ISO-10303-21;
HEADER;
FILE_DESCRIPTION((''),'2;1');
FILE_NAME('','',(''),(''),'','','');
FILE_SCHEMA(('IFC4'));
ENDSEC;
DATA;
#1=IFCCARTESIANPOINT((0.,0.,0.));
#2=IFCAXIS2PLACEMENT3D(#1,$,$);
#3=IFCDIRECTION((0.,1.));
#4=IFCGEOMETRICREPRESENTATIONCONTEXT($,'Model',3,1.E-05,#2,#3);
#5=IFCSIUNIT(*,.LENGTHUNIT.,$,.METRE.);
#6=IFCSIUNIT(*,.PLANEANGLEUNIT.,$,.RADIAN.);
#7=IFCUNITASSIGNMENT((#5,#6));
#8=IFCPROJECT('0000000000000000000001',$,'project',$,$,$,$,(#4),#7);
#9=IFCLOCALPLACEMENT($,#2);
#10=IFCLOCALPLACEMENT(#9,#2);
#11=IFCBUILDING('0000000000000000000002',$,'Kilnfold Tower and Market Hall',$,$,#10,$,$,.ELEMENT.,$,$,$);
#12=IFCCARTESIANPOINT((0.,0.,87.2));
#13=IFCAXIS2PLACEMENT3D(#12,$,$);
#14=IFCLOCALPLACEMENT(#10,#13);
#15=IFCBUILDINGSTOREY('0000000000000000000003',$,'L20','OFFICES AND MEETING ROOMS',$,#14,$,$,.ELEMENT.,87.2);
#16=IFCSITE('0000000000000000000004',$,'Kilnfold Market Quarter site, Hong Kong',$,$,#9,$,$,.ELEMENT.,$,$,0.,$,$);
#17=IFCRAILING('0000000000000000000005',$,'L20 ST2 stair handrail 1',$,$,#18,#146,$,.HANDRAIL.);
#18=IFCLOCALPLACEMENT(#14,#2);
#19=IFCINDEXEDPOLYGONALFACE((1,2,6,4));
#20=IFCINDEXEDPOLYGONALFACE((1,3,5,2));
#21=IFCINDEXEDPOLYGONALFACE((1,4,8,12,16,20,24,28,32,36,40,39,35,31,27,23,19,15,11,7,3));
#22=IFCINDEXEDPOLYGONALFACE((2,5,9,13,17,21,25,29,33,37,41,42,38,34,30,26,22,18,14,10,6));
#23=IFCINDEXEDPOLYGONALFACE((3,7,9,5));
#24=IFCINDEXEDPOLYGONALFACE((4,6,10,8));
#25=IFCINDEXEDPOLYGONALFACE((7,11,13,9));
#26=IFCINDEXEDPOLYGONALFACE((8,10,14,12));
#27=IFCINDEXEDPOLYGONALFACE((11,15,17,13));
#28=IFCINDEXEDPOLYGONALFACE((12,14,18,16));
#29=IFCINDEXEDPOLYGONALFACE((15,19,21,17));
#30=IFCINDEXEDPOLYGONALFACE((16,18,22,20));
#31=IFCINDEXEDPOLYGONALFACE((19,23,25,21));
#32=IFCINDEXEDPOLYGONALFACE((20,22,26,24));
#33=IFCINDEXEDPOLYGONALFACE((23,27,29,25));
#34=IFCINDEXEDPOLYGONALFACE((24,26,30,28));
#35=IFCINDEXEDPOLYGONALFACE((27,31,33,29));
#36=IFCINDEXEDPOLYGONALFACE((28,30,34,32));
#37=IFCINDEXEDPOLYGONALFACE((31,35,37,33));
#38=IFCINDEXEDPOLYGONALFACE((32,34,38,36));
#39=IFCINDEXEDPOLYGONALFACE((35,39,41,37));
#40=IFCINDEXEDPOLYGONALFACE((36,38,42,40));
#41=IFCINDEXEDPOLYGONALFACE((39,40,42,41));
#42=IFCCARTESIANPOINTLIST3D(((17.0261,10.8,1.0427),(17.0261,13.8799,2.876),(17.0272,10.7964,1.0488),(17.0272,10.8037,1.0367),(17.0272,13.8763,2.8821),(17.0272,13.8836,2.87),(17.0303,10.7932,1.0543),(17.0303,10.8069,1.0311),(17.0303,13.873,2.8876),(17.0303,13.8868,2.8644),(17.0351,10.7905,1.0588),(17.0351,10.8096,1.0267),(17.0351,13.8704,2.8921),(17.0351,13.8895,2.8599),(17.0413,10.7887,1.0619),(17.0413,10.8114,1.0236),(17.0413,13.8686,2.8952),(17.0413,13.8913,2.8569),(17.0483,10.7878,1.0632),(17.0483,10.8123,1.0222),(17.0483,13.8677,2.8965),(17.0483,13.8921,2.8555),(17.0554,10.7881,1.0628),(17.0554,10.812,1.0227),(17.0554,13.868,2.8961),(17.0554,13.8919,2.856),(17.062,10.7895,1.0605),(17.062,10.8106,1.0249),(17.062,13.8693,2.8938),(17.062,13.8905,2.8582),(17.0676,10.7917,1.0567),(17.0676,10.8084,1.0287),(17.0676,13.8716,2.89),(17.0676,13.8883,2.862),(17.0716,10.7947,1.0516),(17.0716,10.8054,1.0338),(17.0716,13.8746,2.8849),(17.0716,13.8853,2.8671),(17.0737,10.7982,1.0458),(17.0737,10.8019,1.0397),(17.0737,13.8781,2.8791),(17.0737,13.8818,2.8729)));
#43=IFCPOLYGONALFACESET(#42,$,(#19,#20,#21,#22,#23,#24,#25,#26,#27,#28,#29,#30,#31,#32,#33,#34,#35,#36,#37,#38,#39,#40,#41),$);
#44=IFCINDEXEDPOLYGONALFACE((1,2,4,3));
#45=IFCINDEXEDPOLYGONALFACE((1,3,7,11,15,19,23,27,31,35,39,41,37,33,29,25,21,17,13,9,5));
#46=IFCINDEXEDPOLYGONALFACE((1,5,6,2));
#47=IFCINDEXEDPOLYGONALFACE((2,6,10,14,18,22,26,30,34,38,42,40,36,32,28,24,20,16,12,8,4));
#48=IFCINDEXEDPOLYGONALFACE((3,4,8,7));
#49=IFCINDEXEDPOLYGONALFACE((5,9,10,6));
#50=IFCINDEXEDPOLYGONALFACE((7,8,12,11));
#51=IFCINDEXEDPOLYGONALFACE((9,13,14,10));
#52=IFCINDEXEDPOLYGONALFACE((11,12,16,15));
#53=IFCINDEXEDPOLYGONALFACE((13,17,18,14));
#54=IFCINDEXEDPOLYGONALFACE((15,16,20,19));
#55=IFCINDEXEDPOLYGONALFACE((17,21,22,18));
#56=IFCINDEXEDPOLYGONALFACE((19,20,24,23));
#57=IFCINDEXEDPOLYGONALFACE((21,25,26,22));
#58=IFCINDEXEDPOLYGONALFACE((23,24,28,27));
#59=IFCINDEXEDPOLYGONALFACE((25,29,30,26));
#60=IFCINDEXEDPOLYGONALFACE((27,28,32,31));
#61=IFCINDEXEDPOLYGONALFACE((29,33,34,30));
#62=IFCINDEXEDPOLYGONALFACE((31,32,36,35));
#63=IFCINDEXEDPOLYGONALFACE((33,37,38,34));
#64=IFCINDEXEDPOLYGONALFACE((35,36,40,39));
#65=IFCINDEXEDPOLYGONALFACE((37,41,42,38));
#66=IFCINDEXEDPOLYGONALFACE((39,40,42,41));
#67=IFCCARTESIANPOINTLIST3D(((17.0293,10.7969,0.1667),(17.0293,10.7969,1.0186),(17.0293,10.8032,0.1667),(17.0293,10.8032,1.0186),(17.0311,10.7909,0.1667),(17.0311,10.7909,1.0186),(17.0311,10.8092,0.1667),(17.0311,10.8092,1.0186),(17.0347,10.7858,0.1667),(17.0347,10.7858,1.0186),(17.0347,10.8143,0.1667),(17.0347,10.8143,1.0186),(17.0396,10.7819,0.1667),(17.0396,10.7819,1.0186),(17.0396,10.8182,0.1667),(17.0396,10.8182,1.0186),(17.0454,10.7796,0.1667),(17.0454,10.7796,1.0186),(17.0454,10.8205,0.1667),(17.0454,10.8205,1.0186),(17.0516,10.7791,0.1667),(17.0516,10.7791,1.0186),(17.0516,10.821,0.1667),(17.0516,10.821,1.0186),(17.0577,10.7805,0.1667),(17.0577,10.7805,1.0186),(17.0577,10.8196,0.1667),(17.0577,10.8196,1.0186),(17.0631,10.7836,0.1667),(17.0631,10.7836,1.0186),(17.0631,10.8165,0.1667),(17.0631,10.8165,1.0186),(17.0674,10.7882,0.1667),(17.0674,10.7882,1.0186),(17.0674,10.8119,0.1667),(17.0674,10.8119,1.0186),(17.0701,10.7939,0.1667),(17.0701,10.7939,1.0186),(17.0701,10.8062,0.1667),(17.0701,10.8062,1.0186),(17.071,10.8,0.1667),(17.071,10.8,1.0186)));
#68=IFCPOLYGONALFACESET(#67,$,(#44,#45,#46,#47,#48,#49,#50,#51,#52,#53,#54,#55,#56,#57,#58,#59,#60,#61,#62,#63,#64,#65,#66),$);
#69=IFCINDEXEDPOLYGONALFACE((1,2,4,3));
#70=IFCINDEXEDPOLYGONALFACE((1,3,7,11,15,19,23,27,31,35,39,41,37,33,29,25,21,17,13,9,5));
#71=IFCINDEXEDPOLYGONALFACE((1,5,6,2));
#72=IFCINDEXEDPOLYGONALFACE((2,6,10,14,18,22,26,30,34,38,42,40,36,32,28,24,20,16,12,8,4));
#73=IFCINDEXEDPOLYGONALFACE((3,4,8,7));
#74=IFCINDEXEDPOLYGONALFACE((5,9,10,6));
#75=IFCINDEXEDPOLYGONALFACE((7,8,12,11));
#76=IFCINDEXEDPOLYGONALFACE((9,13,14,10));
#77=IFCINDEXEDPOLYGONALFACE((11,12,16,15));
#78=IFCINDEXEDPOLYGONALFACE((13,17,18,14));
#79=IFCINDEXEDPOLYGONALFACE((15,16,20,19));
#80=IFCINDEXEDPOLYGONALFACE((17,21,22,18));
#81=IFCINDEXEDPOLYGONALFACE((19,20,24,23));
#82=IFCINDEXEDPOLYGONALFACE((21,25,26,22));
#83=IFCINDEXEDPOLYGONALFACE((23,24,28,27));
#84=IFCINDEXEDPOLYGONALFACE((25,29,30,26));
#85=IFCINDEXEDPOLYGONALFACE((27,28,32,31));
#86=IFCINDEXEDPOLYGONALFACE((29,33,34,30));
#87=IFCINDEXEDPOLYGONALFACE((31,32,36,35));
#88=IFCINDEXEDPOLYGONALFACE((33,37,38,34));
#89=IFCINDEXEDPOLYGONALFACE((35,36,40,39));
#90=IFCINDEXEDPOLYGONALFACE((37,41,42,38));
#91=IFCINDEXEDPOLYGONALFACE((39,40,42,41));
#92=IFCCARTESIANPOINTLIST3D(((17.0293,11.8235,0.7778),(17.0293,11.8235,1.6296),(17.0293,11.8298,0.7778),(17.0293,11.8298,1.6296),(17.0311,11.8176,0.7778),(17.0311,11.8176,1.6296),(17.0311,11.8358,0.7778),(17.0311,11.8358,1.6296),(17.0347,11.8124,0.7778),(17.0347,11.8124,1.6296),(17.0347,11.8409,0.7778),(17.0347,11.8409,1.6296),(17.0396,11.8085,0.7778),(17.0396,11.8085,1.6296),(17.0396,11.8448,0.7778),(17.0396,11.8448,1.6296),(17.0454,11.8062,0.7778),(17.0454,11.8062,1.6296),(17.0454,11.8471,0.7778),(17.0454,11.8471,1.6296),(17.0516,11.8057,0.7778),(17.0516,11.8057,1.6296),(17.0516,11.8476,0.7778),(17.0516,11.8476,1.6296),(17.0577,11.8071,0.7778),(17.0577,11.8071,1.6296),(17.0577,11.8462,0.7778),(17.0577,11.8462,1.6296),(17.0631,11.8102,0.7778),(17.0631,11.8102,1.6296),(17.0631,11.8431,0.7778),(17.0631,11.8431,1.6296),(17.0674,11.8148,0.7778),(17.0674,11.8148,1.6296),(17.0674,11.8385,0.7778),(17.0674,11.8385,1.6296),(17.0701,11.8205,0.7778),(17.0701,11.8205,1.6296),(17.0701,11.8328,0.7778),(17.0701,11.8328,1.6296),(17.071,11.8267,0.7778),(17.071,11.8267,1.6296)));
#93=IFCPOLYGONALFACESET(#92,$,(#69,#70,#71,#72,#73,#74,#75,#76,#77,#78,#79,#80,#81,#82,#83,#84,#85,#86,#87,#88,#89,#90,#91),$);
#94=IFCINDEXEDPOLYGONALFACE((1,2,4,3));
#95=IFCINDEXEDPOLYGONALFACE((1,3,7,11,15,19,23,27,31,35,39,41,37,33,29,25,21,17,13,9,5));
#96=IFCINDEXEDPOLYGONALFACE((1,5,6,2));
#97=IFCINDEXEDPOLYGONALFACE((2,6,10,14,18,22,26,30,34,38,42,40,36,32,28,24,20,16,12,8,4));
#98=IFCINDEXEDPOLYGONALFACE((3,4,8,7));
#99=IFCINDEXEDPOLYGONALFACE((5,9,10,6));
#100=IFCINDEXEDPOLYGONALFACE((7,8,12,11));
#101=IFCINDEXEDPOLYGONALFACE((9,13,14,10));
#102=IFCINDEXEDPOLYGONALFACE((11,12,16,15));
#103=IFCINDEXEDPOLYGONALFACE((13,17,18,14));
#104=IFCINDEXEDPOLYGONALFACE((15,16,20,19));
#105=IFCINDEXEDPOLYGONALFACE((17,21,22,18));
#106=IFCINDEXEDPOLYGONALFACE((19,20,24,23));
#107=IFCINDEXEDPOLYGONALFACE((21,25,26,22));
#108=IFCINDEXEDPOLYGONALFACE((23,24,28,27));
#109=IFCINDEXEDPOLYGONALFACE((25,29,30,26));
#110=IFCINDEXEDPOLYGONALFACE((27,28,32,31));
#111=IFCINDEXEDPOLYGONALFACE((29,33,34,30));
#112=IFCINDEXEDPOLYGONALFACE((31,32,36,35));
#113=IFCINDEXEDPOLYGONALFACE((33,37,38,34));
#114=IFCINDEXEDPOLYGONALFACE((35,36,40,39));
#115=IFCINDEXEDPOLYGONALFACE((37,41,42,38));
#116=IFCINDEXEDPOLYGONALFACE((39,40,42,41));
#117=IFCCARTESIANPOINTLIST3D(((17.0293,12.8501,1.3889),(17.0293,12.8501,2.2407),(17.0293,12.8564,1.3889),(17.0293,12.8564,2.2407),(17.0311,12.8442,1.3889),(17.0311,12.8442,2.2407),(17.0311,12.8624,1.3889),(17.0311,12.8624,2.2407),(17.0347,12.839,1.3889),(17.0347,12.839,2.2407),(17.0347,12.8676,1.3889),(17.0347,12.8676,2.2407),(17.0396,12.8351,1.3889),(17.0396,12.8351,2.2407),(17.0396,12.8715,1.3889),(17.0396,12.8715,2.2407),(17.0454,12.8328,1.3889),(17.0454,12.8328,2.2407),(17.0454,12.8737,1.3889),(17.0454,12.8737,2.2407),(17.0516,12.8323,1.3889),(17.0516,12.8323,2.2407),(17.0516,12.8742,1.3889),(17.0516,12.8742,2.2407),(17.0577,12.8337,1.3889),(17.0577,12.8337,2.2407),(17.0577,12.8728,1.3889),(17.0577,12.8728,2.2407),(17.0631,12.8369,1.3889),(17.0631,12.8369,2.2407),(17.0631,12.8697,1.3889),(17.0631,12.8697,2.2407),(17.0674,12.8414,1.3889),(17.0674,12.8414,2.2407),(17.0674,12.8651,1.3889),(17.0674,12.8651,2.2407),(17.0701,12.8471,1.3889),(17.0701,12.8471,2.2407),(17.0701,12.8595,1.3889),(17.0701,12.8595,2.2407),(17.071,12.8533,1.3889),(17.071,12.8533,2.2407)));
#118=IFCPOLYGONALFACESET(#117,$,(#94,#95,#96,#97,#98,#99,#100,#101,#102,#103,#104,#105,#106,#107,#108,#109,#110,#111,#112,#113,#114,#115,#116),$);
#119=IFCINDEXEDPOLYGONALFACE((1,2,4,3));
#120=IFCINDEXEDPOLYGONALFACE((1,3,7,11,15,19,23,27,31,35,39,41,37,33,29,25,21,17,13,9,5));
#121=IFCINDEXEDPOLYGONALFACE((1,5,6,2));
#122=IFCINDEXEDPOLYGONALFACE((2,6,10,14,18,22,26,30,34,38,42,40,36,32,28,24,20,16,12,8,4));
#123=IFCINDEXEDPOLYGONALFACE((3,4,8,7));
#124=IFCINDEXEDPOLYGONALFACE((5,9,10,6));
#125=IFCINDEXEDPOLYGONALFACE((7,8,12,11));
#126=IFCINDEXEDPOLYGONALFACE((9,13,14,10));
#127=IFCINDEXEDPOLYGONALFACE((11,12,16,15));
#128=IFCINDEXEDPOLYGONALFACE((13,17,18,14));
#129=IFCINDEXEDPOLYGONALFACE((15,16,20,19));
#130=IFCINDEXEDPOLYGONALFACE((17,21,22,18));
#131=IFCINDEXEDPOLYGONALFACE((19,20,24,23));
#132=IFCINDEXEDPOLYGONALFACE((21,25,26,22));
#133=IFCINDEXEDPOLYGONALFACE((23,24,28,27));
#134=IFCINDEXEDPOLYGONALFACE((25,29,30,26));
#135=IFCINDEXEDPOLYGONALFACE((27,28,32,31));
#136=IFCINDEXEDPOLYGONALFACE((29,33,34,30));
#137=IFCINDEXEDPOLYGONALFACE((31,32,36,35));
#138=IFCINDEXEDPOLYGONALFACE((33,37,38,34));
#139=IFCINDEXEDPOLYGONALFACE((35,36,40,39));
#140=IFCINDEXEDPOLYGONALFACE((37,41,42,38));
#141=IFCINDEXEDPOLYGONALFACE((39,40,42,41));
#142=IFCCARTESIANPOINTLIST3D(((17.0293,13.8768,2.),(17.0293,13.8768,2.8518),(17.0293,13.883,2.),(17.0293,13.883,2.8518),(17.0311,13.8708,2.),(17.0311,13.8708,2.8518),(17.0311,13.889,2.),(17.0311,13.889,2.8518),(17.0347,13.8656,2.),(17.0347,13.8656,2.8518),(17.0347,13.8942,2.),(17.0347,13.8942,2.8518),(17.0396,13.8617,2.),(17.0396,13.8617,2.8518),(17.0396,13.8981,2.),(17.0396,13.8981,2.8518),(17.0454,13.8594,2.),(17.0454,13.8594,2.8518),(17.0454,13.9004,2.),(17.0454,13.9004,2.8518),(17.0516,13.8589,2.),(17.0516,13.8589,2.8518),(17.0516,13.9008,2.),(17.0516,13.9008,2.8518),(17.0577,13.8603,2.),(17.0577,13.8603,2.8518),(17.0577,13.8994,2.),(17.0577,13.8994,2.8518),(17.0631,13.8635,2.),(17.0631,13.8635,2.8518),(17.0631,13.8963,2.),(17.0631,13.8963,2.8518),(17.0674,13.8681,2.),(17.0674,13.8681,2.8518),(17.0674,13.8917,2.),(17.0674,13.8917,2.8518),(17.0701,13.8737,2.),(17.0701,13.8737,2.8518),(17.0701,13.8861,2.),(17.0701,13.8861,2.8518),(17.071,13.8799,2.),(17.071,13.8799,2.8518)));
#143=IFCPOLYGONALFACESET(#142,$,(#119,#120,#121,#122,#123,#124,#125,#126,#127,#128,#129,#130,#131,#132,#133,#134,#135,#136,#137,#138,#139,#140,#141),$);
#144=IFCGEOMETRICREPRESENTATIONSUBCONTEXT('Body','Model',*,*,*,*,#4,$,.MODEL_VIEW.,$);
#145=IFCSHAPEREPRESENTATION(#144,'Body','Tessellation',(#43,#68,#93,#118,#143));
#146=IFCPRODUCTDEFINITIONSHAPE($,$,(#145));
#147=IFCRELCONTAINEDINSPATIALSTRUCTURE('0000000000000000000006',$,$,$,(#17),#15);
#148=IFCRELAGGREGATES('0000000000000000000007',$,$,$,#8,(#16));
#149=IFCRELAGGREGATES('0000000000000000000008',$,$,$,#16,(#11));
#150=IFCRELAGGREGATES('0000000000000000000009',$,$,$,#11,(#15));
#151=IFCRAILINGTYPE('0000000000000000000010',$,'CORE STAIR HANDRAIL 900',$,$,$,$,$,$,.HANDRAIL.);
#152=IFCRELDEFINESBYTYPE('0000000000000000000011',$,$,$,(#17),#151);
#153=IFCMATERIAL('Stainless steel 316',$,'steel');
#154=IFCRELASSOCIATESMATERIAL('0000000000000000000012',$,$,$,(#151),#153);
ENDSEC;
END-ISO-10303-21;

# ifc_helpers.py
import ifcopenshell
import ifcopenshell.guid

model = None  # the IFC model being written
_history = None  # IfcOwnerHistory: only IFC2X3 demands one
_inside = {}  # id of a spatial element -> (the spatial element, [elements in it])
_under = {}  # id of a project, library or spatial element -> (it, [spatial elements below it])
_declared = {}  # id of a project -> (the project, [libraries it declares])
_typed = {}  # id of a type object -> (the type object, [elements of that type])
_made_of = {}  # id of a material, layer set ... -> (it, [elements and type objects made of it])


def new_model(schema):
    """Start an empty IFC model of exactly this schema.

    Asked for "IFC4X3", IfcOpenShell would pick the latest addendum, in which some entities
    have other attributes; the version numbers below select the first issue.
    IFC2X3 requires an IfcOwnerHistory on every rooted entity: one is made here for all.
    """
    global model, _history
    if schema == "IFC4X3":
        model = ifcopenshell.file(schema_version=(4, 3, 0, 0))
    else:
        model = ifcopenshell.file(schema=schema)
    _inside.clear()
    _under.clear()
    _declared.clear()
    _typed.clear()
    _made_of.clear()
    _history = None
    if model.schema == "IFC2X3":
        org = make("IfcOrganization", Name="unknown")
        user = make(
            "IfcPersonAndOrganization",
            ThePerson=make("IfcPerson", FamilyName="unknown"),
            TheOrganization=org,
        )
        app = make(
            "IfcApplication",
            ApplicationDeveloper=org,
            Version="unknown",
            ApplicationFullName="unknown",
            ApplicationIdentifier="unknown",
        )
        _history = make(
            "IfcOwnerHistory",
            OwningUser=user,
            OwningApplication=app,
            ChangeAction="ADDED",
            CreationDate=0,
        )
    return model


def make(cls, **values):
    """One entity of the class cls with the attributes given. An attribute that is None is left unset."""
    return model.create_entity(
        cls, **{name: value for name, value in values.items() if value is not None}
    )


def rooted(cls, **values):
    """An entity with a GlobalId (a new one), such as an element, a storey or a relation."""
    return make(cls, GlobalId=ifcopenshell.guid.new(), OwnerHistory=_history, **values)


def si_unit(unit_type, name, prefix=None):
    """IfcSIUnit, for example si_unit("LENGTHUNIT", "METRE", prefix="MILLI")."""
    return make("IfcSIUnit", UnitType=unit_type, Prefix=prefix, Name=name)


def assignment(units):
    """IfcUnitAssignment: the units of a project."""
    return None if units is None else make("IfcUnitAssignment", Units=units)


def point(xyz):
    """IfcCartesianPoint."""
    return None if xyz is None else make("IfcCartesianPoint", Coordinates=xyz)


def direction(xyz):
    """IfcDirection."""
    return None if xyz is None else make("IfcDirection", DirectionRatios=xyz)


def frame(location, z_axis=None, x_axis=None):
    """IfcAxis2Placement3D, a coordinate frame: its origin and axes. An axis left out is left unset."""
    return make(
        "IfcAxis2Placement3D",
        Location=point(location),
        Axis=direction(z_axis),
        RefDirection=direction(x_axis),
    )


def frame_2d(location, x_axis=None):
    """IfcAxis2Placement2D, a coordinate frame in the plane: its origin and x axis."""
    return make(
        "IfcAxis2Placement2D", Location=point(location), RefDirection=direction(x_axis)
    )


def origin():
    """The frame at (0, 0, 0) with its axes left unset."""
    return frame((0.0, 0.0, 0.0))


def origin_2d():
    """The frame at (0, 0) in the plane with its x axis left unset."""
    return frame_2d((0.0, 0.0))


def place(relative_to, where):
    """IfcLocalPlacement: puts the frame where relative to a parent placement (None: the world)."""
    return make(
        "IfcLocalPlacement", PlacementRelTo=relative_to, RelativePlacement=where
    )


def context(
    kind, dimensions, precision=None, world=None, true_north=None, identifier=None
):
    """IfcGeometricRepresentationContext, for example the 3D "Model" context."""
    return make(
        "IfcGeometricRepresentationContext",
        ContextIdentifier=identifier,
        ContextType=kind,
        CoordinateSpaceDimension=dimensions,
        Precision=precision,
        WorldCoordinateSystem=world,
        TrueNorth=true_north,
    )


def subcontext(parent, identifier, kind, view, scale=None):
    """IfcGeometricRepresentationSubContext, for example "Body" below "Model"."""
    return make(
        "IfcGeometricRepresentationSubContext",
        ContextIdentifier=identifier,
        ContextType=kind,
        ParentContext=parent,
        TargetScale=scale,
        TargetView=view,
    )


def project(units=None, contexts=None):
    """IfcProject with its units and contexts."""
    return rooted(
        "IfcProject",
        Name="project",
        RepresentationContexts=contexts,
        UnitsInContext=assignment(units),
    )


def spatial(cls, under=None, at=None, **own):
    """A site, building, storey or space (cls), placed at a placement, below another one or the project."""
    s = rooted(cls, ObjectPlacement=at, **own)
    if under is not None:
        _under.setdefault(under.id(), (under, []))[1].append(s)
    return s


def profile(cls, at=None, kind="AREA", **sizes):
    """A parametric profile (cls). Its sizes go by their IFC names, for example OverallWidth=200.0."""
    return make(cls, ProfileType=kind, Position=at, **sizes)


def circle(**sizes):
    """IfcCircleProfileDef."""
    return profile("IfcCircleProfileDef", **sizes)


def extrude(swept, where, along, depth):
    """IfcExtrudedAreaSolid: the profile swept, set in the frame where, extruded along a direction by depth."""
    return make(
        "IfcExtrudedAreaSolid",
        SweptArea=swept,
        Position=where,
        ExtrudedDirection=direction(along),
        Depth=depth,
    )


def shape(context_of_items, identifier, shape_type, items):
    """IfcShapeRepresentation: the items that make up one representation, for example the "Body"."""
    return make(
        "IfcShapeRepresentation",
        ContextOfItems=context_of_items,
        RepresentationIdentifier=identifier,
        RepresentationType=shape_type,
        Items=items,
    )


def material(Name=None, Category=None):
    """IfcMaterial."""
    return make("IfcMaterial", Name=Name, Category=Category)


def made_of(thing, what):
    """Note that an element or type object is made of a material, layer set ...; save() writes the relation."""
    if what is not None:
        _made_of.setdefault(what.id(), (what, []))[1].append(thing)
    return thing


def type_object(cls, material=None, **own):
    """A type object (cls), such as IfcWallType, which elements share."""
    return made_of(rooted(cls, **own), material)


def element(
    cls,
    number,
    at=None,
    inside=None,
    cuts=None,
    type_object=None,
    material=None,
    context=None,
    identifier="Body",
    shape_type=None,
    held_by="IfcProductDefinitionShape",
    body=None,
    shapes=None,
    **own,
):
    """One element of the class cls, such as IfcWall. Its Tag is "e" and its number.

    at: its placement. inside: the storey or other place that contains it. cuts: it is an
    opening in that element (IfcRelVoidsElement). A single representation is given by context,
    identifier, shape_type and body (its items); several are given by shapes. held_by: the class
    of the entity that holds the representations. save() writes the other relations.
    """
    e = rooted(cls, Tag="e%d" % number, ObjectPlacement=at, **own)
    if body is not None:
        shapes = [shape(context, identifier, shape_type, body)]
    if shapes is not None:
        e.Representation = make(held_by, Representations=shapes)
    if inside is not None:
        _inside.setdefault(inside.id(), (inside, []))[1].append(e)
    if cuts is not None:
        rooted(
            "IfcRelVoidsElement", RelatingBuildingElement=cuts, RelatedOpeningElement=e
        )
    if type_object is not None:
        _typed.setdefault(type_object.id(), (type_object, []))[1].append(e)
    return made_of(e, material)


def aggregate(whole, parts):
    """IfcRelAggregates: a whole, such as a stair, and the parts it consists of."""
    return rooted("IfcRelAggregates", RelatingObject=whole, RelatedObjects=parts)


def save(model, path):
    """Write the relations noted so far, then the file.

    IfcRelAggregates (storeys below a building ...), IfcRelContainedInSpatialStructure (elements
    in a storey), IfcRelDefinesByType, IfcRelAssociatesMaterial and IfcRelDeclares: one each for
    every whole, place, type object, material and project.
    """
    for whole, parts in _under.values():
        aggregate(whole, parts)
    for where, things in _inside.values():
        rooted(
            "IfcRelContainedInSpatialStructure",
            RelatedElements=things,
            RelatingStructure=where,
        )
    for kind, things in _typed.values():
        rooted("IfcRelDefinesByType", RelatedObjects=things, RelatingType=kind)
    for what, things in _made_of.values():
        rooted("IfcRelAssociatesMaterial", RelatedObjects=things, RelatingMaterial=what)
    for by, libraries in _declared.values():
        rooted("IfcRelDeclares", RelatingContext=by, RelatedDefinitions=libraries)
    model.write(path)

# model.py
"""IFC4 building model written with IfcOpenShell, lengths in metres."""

from ifc_helpers import new_model, si_unit, direction, frame, origin, origin_2d, place, context, subcontext, project, spatial, circle, extrude, material, type_object, element, save


model = new_model("IFC4")

# Units and contexts
model_context = context("Model", 3, precision=1e-05, world=origin(), true_north=direction((0.0, 1.0)))
body_context = subcontext(model_context, "Body", "Model", "MODEL_VIEW")
ifc_project = project(units=[si_unit("LENGTHUNIT", "METRE"), si_unit("PLANEANGLEUNIT", "RADIAN")], contexts=[model_context])

# Site, building, storey
site_placement = place(None, origin())
site = spatial("IfcSite", under=ifc_project, at=site_placement, Name="Kilnfold Market Quarter site, Hong Kong", CompositionType="ELEMENT", RefElevation=0.0)
building_placement = place(site_placement, origin())
building = spatial("IfcBuilding", under=site, at=building_placement, Name="Kilnfold Tower and Market Hall", CompositionType="ELEMENT")
storey_placement = place(building_placement, frame((0.0, 0.0, 87.2)))
storey = spatial("IfcBuildingStorey", under=building, at=storey_placement, Name="L20", Description="OFFICES AND MEETING ROOMS", CompositionType="ELEMENT", Elevation=87.2)

# Railing
ifc_material_1 = material(Name="Stainless steel 316", Category="steel")
railing_type_1 = type_object("IfcRailingType", Name="CORE STAIR HANDRAIL 900", PredefinedType="HANDRAIL", material=ifc_material_1)
railing_1_placement = place(storey_placement, frame((17.05, 10.8, 0.1667)))
element("IfcRailing", 1, at=railing_1_placement, inside=storey, type_object=railing_type_1, Name="L20 ST2 stair handrail 1", PredefinedType="HANDRAIL", context=body_context, shape_type="SweptSolid", body=[
    extrude(circle(Radius=0.0239, at=origin_2d()), frame((0.0, 0.0, 0.876), z_axis=(0.0, 0.859291, 0.511487), x_axis=(-1.0, 0.0, 0.0)), (0.0, 0.0, 1.0), 3.5842),
    extrude(circle(Radius=0.021, at=origin_2d()), origin(), (0.0, 0.0, 1.0), 0.8518),
    extrude(circle(Radius=0.021, at=origin_2d()), frame((0.0, 1.0266, 0.6111)), (0.0, 0.0, 1.0), 0.8518),
    extrude(circle(Radius=0.021, at=origin_2d()), frame((0.0, 2.0532, 1.2222)), (0.0, 0.0, 1.0), 0.8518),
    extrude(circle(Radius=0.021, at=origin_2d()), frame((0.0, 3.0798, 1.8333)), (0.0, 0.0, 1.0), 0.8518),
])

save(model, "model.ifc")
